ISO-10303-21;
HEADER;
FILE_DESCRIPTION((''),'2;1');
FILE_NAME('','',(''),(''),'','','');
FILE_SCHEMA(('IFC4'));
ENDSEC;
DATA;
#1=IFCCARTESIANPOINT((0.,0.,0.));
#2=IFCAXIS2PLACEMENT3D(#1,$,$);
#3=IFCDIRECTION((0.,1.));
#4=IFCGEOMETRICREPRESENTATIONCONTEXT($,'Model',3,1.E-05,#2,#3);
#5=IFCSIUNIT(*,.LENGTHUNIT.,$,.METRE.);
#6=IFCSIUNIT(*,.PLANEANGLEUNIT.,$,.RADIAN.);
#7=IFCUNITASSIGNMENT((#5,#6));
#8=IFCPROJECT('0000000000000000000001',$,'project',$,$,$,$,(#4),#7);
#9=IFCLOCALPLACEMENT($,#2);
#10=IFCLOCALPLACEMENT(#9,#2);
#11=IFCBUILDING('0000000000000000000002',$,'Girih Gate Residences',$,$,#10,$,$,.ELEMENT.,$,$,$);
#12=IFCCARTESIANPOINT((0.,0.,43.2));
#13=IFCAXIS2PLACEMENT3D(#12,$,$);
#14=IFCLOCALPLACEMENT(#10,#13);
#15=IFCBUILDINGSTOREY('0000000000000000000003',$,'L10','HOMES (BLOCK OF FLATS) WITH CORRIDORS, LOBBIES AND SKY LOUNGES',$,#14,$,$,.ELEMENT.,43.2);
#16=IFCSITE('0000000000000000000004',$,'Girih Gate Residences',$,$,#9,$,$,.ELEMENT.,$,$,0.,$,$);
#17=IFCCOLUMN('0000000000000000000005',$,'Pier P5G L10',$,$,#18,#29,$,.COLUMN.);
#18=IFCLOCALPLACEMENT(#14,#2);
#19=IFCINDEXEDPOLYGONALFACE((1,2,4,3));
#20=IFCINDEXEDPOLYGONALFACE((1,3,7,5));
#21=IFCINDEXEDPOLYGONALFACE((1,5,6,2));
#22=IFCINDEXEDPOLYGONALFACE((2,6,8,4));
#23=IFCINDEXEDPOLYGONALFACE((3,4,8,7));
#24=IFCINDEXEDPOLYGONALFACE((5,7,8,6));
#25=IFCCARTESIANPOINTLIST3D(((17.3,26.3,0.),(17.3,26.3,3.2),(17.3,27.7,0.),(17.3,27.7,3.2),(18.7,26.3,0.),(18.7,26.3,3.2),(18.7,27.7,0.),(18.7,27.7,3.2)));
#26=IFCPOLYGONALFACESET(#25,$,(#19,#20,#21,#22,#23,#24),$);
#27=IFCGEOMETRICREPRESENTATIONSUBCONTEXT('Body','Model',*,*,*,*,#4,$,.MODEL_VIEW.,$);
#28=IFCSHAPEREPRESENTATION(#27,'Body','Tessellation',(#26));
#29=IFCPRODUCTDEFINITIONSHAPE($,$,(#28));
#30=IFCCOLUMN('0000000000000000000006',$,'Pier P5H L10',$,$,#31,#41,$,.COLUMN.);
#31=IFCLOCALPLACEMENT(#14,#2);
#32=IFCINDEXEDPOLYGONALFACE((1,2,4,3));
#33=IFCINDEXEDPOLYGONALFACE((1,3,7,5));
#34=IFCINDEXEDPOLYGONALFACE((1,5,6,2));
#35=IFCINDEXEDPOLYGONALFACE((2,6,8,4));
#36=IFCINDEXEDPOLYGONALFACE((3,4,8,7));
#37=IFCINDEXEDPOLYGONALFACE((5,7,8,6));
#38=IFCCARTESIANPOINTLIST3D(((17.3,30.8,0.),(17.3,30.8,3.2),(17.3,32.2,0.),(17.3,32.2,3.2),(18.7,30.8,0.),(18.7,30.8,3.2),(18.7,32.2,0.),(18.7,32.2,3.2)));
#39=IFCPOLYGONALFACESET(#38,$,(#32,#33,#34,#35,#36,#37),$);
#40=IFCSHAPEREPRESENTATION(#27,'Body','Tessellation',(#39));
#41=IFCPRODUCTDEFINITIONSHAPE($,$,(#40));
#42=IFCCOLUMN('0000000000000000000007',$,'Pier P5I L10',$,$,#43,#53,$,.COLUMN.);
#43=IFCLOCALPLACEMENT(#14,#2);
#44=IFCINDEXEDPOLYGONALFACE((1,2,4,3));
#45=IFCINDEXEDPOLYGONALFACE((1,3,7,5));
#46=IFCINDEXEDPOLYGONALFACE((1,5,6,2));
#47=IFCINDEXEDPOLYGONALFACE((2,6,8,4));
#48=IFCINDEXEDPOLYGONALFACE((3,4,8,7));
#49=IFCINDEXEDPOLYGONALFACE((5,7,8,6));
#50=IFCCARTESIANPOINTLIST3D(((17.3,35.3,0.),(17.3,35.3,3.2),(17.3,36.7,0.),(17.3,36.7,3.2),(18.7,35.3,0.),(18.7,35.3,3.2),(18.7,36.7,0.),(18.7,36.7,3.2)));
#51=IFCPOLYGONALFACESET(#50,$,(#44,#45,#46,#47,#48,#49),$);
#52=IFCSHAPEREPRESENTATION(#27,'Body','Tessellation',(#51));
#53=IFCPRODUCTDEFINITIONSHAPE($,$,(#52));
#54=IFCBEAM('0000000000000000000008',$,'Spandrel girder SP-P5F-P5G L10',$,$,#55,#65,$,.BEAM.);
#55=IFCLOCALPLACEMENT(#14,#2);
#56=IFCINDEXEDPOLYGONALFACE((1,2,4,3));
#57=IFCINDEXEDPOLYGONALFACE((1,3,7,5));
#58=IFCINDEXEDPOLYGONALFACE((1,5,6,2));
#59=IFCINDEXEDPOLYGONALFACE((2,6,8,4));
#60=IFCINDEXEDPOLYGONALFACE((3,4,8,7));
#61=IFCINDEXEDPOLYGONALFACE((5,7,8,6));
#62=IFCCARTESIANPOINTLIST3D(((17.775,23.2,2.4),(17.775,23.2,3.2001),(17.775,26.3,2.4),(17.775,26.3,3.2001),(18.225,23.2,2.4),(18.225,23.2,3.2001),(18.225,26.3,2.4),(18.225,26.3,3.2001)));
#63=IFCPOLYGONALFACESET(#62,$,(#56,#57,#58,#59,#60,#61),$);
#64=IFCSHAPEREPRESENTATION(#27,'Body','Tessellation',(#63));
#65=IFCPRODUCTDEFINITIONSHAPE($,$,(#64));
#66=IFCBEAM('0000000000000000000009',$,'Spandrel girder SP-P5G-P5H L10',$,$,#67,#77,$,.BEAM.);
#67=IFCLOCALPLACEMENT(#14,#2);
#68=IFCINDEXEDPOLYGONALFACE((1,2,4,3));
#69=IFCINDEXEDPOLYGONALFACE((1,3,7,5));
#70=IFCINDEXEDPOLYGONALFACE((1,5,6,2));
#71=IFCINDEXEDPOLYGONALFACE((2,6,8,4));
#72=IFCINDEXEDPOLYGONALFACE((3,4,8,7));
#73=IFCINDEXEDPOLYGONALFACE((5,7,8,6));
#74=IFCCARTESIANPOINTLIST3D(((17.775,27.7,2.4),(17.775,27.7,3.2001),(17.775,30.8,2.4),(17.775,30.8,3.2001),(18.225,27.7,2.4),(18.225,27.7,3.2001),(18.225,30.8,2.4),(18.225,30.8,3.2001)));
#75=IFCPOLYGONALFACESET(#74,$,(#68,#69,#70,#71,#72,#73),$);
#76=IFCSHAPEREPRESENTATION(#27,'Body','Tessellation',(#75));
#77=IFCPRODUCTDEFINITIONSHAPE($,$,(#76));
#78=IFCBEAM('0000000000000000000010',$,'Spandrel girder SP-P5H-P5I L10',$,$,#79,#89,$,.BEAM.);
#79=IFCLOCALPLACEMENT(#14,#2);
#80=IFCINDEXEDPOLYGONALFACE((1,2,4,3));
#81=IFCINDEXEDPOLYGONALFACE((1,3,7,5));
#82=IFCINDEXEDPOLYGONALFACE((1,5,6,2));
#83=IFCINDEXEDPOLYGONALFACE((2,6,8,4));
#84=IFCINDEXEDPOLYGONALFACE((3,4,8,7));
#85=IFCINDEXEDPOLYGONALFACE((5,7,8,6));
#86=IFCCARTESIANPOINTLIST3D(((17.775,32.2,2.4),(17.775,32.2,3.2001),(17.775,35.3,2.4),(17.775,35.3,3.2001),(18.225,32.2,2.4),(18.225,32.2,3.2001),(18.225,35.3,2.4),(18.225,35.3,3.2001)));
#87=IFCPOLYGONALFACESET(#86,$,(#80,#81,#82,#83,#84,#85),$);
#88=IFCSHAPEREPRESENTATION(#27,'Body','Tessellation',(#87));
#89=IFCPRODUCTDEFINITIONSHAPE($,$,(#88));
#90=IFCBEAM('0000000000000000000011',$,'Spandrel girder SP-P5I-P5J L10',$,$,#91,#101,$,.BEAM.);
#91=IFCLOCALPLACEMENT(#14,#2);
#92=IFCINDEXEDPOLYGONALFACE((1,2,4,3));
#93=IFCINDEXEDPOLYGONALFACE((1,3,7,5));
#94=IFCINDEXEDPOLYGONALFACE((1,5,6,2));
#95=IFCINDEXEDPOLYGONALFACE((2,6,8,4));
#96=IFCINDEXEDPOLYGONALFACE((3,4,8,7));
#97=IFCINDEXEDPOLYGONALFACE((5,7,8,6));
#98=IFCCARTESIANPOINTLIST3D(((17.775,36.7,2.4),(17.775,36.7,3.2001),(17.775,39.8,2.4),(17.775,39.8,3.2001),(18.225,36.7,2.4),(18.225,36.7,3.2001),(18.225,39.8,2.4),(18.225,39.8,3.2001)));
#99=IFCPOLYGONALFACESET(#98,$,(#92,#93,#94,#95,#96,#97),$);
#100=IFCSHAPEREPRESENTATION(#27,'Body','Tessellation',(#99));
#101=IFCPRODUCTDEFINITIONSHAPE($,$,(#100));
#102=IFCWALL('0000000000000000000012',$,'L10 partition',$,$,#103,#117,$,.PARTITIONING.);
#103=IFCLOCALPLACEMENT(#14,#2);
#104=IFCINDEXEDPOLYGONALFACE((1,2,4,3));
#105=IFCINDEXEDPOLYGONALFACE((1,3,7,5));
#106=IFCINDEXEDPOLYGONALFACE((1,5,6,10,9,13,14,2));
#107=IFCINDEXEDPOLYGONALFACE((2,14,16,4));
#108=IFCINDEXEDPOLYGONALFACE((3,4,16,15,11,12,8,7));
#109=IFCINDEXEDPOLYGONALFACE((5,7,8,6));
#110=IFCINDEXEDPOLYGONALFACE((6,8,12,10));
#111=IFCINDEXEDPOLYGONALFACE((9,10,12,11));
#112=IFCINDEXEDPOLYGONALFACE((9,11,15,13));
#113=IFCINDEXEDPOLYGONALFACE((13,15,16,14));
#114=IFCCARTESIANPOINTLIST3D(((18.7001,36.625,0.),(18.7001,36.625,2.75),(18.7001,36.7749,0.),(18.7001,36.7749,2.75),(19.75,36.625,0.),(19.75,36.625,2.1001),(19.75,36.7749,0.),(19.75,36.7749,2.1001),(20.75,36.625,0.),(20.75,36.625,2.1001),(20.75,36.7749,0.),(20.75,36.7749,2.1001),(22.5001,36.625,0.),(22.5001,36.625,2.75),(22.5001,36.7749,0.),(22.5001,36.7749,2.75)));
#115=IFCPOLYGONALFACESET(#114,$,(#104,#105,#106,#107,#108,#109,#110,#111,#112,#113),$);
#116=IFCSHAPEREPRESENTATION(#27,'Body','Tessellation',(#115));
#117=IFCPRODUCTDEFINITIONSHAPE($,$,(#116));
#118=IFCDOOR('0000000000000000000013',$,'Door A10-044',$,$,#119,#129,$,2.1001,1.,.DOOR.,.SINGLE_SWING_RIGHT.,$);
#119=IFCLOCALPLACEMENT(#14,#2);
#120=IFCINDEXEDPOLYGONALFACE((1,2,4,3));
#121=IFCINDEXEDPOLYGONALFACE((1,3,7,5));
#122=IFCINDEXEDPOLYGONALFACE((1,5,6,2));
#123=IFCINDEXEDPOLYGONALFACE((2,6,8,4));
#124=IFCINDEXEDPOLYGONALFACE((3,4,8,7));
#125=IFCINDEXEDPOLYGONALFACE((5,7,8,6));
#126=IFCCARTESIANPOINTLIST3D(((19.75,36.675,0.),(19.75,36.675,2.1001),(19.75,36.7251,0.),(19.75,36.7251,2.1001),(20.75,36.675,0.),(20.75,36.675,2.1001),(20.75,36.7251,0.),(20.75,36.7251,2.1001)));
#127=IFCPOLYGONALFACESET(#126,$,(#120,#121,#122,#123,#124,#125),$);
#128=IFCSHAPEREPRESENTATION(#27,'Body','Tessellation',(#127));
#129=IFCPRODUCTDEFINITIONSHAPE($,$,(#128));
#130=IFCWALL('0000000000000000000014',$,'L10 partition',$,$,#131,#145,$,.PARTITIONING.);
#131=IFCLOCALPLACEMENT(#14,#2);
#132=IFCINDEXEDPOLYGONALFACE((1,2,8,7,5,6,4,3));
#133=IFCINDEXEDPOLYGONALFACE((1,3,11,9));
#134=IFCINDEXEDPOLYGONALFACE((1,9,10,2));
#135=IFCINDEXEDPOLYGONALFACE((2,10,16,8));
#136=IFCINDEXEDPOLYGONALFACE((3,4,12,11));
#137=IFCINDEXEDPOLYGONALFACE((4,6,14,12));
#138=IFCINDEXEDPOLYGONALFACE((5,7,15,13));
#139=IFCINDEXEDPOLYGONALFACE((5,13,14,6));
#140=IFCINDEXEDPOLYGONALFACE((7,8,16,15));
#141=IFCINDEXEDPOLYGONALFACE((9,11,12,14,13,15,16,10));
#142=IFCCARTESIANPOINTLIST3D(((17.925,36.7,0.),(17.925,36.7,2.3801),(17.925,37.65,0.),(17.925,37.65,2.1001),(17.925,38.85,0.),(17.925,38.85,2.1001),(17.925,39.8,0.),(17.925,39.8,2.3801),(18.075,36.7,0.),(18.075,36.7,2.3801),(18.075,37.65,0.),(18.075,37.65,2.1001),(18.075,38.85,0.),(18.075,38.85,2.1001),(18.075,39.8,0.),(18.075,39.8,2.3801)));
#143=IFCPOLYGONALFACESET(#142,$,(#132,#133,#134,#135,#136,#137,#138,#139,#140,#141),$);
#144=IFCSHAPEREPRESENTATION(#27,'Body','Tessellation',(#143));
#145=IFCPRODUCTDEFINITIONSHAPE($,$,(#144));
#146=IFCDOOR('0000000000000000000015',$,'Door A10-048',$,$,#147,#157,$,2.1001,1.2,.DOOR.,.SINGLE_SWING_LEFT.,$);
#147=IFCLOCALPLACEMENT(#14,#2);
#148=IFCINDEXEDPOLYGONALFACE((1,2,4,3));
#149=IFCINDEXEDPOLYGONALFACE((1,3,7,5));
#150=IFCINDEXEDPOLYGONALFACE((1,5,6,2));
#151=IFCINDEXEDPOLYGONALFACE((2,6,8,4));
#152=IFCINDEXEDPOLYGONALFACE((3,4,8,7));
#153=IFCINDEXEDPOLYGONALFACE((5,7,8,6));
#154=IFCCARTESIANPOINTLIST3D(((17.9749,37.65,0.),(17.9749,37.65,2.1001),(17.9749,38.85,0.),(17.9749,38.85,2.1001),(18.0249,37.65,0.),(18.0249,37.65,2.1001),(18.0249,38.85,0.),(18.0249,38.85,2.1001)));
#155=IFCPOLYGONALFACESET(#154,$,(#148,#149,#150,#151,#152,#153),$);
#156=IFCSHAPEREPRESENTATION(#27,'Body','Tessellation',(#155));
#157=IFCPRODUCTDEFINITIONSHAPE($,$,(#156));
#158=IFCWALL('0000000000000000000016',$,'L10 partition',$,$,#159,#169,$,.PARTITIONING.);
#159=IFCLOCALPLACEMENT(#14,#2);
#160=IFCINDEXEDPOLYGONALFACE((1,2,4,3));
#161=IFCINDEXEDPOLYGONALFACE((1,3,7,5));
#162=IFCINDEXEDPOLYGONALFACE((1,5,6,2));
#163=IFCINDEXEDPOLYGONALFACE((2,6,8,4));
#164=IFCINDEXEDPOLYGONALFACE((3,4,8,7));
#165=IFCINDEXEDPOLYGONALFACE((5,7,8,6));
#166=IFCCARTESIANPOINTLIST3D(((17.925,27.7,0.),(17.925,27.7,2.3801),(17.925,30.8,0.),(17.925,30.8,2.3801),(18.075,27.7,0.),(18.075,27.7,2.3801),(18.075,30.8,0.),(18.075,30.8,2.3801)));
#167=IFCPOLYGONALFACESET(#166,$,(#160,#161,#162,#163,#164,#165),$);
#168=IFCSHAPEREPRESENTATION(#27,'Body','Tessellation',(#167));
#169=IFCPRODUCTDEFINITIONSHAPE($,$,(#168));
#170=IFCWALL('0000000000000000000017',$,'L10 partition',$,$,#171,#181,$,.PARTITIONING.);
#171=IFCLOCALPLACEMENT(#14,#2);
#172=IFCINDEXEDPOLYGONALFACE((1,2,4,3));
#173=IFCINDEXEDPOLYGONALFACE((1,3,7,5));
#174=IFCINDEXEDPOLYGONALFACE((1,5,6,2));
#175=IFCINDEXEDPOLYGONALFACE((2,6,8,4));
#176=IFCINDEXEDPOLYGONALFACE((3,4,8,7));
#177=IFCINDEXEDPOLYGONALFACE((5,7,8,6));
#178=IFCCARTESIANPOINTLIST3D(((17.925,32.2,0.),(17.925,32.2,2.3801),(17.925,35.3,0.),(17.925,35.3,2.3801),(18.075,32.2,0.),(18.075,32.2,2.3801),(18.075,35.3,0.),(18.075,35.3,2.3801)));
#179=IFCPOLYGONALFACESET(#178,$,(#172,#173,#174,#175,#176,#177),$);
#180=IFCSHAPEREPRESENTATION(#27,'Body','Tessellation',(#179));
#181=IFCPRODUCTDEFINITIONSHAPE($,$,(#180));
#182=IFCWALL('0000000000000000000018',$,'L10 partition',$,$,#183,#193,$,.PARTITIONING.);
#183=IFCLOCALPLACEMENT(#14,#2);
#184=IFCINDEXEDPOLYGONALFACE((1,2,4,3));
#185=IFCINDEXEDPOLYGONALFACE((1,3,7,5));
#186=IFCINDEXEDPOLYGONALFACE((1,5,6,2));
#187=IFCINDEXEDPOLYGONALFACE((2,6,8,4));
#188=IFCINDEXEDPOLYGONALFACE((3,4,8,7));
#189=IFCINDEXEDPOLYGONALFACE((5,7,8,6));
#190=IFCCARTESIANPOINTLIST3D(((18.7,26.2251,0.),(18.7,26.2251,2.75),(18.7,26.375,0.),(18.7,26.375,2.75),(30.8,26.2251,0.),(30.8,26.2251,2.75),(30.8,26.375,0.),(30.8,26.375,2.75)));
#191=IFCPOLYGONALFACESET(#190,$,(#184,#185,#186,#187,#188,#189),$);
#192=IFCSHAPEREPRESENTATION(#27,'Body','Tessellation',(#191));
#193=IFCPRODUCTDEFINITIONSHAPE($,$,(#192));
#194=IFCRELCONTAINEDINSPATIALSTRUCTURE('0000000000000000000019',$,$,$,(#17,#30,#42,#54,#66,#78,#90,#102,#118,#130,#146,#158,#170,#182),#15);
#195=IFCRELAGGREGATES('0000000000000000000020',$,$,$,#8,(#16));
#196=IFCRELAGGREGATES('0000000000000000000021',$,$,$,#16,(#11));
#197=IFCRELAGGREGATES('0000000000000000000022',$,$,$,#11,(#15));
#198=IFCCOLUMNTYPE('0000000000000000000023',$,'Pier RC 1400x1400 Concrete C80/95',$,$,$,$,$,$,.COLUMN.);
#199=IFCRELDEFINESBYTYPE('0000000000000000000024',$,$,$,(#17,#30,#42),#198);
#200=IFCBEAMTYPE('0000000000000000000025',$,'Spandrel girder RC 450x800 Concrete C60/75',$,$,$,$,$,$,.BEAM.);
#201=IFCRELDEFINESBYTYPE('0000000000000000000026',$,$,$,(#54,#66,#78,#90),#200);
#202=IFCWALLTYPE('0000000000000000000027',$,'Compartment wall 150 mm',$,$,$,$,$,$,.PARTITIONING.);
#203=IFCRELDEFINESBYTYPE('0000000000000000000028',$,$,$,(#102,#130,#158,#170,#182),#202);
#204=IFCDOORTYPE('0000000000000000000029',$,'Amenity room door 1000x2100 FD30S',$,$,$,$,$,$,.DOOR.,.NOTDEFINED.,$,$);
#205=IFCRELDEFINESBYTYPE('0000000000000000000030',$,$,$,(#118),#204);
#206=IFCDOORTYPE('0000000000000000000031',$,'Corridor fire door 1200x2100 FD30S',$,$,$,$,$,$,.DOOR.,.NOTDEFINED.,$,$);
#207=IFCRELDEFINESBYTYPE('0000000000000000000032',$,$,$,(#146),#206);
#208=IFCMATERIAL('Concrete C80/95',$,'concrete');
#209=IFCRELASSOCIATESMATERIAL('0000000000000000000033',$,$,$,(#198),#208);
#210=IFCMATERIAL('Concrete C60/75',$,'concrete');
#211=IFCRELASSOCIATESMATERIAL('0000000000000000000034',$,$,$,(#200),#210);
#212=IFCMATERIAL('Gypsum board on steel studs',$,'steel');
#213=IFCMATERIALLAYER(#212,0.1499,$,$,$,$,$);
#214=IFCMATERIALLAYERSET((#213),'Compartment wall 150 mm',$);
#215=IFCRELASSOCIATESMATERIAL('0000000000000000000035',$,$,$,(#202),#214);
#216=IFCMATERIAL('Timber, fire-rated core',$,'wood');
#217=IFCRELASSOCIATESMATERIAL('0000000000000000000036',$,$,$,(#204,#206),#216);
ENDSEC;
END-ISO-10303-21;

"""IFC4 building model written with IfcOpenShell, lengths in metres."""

from ifc_helpers import new_model, si_unit, direction, frame, frame_2d, origin, origin_2d, place, context, subcontext, project, spatial, rectangle, extrude, material, layer, layer_set, material_profile, profile_set, type_object, element, fill, save


model = new_model("IFC4")

# Units and contexts
model_context = context("Model", 3, precision=1e-05, world=origin(), true_north=direction((0.0, 1.0)))
body_context = subcontext(model_context, "Body", "Model", "MODEL_VIEW")
ifc_project = project(units=[si_unit("LENGTHUNIT", "METRE"), si_unit("PLANEANGLEUNIT", "RADIAN")], contexts=[model_context])

# Site, building, storey
site_placement = place(None, origin())
site = spatial("IfcSite", under=ifc_project, at=site_placement, Name="Girih Gate Residences", CompositionType="ELEMENT", RefElevation=0.0)
building_placement = place(site_placement, origin())
building = spatial("IfcBuilding", under=site, at=building_placement, Name="Girih Gate Residences", CompositionType="ELEMENT")
storey_placement = place(building_placement, frame((0.0, 0.0, 43.2)))
storey = spatial("IfcBuildingStorey", under=building, at=storey_placement, Name="L10", Description="HOMES (BLOCK OF FLATS) WITH CORRIDORS, LOBBIES AND SKY LOUNGES", CompositionType="ELEMENT", Elevation=43.2)

# Columns
ifc_material_1 = material(Name="Concrete C80/95", Category="concrete")
ifc_material_profile_1 = material_profile(ifc_material_1, rectangle(XDim=1.3999, YDim=1.3999, at=origin_2d()))
ifc_profile_set_1 = profile_set([ifc_material_profile_1], Name="Concrete C80/95")
column_type = type_object("IfcColumnType", Name="Pier RC 1400x1400 Concrete C80/95", PredefinedType="COLUMN", material=ifc_profile_set_1)
for number, where, z_axis, x_axis, name in (
    (1, (18.0, 27.0, 0.0), (0.0, 0.0, 1.0), (1.0, 0.0, 0.0), "Pier P5G L10"),
    (2, (18.0, 31.5, 0.0), (0.0, 0.0, 1.0), (1.0, 0.0, 0.0), "Pier P5H L10"),
    (3, (18.0, 36.0, 0.0), (0.0, 0.0, 1.0), (1.0, 0.0, 0.0), "Pier P5I L10"),
):
    element("IfcColumn", number, at=place(storey_placement, frame(where, z_axis=z_axis, x_axis=x_axis)), inside=storey, type_object=column_type, Name=name, PredefinedType="COLUMN", context=body_context, shape_type="SweptSolid", body=[
        extrude(rectangle(XDim=1.3999, YDim=1.3999, at=origin_2d()), origin(), (0.0, 0.0, 1.0), 3.2),
    ])

# Beams
ifc_material_2 = material(Name="Concrete C60/75", Category="concrete")
ifc_material_profile_2 = material_profile(ifc_material_2, rectangle(XDim=0.45, YDim=0.8, at=origin_2d()))
ifc_profile_set_2 = profile_set([ifc_material_profile_2], Name="Concrete C60/75")
beam_type = type_object("IfcBeamType", Name="Spandrel girder RC 450x800 Concrete C60/75", PredefinedType="BEAM", material=ifc_profile_set_2)
for number, where, z_axis, x_axis, name in (
    (4, (18.0, 23.2, 2.8), (0.0, 1.0, 0.0), (-1.0, 0.0, 0.0), "Spandrel girder SP-P5F-P5G L10"),
    (5, (18.0, 27.7, 2.8), (0.0, 1.0, 0.0), (-1.0, 0.0, 0.0), "Spandrel girder SP-P5G-P5H L10"),
    (6, (18.0, 32.2, 2.8), (0.0, 1.0, 0.0), (-1.0, 0.0, 0.0), "Spandrel girder SP-P5H-P5I L10"),
    (7, (18.0, 36.7, 2.8), (0.0, 1.0, 0.0), (-1.0, 0.0, 0.0), "Spandrel girder SP-P5I-P5J L10"),
):
    element("IfcBeam", number, at=place(storey_placement, frame(where, z_axis=z_axis, x_axis=x_axis)), inside=storey, type_object=beam_type, Name=name, PredefinedType="BEAM", context=body_context, shape_type="SweptSolid", body=[
        extrude(rectangle(XDim=0.45, YDim=0.8, at=origin_2d()), origin(), (0.0, 0.0, 1.0), 3.1001),
    ])

# Walls, openings, doors
ifc_material_3 = material(Name="Gypsum board on steel studs", Category="steel")
ifc_layer_1 = layer(ifc_material_3, 0.1499)
ifc_layer_set_1 = layer_set([ifc_layer_1], Name="Compartment wall 150 mm")
wall_type_1 = type_object("IfcWallType", Name="Compartment wall 150 mm", PredefinedType="PARTITIONING", material=ifc_layer_set_1)
wall_1_placement = place(storey_placement, frame((22.5, 36.7, 0.0), z_axis=(0.0, 0.0, 1.0), x_axis=(-1.0, 0.0, 0.0)))
wall_1 = element("IfcWall", 8, at=wall_1_placement, inside=storey, type_object=wall_type_1, Name="L10 partition", PredefinedType="PARTITIONING", context=body_context, shape_type="SweptSolid", body=[
    extrude(rectangle(XDim=3.8, YDim=0.1499, at=frame_2d((1.8999, 0.0))), origin(), (0.0, 0.0, 1.0), 2.75),
])
opening_1_placement = place(wall_1_placement, frame((1.75, 0.0, 0.0)))
opening_1 = element("IfcOpeningElement", 9, at=opening_1_placement, cuts=wall_1, PredefinedType="OPENING", context=body_context, shape_type="SweptSolid", body=[
    extrude(rectangle(XDim=1.0, YDim=2.1001, at=frame_2d((0.5, 1.05))), frame((0.0, 0.085, 0.0), z_axis=(0.0, -1.0, 0.0), x_axis=(1.0, 0.0, 0.0)), (0.0, 0.0, 1.0), 0.1699),
])
ifc_material_4 = material(Name="Timber, fire-rated core", Category="wood")
door_type_1 = type_object("IfcDoorType", Name="Amenity room door 1000x2100 FD30S", OperationType="NOTDEFINED", PredefinedType="DOOR", material=ifc_material_4)
door_1_placement = place(opening_1_placement, origin())
door_1 = element("IfcDoor", 10, at=door_1_placement, inside=storey, type_object=door_type_1, Name="Door A10-044", OperationType="SINGLE_SWING_RIGHT", OverallHeight=2.1001, OverallWidth=1.0, PredefinedType="DOOR", context=body_context, shape_type="SweptSolid", body=[
    extrude(rectangle(XDim=1.0, YDim=2.1001, at=frame_2d((0.5, 1.05))), frame((0.0, 0.0249, 0.0), z_axis=(0.0, -1.0, 0.0), x_axis=(1.0, 0.0, 0.0)), (0.0, 0.0, 1.0), 0.05),
])
fill(opening_1, door_1)
wall_2_placement = place(storey_placement, frame((18.0, 39.8, 0.0), z_axis=(0.0, 0.0, 1.0), x_axis=(0.0, -1.0, 0.0)))
wall_2 = element("IfcWall", 11, at=wall_2_placement, inside=storey, type_object=wall_type_1, Name="L10 partition", PredefinedType="PARTITIONING", context=body_context, shape_type="SweptSolid", body=[
    extrude(rectangle(XDim=3.1001, YDim=0.1499, at=frame_2d((1.55, 0.0))), origin(), (0.0, 0.0, 1.0), 2.3801),
])
opening_2_placement = place(wall_2_placement, frame((0.95, 0.0, 0.0)))
opening_2 = element("IfcOpeningElement", 12, at=opening_2_placement, cuts=wall_2, PredefinedType="OPENING", context=body_context, shape_type="SweptSolid", body=[
    extrude(rectangle(XDim=1.2, YDim=2.1001, at=frame_2d((0.6001, 1.05))), frame((0.0, 0.085, 0.0), z_axis=(0.0, -1.0, 0.0), x_axis=(1.0, 0.0, 0.0)), (0.0, 0.0, 1.0), 0.1699),
])
door_type_2 = type_object("IfcDoorType", Name="Corridor fire door 1200x2100 FD30S", OperationType="NOTDEFINED", PredefinedType="DOOR", material=ifc_material_4)
door_2_placement = place(opening_2_placement, origin())
door_2 = element("IfcDoor", 13, at=door_2_placement, inside=storey, type_object=door_type_2, Name="Door A10-048", OperationType="SINGLE_SWING_LEFT", OverallHeight=2.1001, OverallWidth=1.2, PredefinedType="DOOR", context=body_context, shape_type="SweptSolid", body=[
    extrude(rectangle(XDim=1.2, YDim=2.1001, at=frame_2d((0.6001, 1.05))), frame((0.0, 0.0249, 0.0), z_axis=(0.0, -1.0, 0.0), x_axis=(1.0, 0.0, 0.0)), (0.0, 0.0, 1.0), 0.05),
])
fill(opening_2, door_2)

# Walls
for number, where, z_axis, x_axis, name in (
    (14, (18.0, 27.7, 0.0), (0.0, 0.0, 1.0), (0.0, 1.0, 0.0), "L10 partition"),
    (15, (18.0, 32.2, 0.0), (0.0, 0.0, 1.0), (0.0, 1.0, 0.0), "L10 partition"),
):
    element("IfcWall", number, at=place(storey_placement, frame(where, z_axis=z_axis, x_axis=x_axis)), inside=storey, type_object=wall_type_1, Name=name, PredefinedType="PARTITIONING", context=body_context, shape_type="SweptSolid", body=[
        extrude(rectangle(XDim=3.1001, YDim=0.1499, at=frame_2d((1.55, 0.0))), origin(), (0.0, 0.0, 1.0), 2.3801),
    ])
wall_3_placement = place(storey_placement, frame((18.7, 26.3, 0.0), z_axis=(0.0, 0.0, 1.0), x_axis=(1.0, 0.0, 0.0)))
element("IfcWall", 16, at=wall_3_placement, inside=storey, type_object=wall_type_1, Name="L10 partition", PredefinedType="PARTITIONING", context=body_context, shape_type="SweptSolid", body=[
    extrude(rectangle(XDim=12.1001, YDim=0.1499, at=frame_2d((6.05, 0.0))), origin(), (0.0, 0.0, 1.0), 2.75),
])

save(model, "model.ifc")
